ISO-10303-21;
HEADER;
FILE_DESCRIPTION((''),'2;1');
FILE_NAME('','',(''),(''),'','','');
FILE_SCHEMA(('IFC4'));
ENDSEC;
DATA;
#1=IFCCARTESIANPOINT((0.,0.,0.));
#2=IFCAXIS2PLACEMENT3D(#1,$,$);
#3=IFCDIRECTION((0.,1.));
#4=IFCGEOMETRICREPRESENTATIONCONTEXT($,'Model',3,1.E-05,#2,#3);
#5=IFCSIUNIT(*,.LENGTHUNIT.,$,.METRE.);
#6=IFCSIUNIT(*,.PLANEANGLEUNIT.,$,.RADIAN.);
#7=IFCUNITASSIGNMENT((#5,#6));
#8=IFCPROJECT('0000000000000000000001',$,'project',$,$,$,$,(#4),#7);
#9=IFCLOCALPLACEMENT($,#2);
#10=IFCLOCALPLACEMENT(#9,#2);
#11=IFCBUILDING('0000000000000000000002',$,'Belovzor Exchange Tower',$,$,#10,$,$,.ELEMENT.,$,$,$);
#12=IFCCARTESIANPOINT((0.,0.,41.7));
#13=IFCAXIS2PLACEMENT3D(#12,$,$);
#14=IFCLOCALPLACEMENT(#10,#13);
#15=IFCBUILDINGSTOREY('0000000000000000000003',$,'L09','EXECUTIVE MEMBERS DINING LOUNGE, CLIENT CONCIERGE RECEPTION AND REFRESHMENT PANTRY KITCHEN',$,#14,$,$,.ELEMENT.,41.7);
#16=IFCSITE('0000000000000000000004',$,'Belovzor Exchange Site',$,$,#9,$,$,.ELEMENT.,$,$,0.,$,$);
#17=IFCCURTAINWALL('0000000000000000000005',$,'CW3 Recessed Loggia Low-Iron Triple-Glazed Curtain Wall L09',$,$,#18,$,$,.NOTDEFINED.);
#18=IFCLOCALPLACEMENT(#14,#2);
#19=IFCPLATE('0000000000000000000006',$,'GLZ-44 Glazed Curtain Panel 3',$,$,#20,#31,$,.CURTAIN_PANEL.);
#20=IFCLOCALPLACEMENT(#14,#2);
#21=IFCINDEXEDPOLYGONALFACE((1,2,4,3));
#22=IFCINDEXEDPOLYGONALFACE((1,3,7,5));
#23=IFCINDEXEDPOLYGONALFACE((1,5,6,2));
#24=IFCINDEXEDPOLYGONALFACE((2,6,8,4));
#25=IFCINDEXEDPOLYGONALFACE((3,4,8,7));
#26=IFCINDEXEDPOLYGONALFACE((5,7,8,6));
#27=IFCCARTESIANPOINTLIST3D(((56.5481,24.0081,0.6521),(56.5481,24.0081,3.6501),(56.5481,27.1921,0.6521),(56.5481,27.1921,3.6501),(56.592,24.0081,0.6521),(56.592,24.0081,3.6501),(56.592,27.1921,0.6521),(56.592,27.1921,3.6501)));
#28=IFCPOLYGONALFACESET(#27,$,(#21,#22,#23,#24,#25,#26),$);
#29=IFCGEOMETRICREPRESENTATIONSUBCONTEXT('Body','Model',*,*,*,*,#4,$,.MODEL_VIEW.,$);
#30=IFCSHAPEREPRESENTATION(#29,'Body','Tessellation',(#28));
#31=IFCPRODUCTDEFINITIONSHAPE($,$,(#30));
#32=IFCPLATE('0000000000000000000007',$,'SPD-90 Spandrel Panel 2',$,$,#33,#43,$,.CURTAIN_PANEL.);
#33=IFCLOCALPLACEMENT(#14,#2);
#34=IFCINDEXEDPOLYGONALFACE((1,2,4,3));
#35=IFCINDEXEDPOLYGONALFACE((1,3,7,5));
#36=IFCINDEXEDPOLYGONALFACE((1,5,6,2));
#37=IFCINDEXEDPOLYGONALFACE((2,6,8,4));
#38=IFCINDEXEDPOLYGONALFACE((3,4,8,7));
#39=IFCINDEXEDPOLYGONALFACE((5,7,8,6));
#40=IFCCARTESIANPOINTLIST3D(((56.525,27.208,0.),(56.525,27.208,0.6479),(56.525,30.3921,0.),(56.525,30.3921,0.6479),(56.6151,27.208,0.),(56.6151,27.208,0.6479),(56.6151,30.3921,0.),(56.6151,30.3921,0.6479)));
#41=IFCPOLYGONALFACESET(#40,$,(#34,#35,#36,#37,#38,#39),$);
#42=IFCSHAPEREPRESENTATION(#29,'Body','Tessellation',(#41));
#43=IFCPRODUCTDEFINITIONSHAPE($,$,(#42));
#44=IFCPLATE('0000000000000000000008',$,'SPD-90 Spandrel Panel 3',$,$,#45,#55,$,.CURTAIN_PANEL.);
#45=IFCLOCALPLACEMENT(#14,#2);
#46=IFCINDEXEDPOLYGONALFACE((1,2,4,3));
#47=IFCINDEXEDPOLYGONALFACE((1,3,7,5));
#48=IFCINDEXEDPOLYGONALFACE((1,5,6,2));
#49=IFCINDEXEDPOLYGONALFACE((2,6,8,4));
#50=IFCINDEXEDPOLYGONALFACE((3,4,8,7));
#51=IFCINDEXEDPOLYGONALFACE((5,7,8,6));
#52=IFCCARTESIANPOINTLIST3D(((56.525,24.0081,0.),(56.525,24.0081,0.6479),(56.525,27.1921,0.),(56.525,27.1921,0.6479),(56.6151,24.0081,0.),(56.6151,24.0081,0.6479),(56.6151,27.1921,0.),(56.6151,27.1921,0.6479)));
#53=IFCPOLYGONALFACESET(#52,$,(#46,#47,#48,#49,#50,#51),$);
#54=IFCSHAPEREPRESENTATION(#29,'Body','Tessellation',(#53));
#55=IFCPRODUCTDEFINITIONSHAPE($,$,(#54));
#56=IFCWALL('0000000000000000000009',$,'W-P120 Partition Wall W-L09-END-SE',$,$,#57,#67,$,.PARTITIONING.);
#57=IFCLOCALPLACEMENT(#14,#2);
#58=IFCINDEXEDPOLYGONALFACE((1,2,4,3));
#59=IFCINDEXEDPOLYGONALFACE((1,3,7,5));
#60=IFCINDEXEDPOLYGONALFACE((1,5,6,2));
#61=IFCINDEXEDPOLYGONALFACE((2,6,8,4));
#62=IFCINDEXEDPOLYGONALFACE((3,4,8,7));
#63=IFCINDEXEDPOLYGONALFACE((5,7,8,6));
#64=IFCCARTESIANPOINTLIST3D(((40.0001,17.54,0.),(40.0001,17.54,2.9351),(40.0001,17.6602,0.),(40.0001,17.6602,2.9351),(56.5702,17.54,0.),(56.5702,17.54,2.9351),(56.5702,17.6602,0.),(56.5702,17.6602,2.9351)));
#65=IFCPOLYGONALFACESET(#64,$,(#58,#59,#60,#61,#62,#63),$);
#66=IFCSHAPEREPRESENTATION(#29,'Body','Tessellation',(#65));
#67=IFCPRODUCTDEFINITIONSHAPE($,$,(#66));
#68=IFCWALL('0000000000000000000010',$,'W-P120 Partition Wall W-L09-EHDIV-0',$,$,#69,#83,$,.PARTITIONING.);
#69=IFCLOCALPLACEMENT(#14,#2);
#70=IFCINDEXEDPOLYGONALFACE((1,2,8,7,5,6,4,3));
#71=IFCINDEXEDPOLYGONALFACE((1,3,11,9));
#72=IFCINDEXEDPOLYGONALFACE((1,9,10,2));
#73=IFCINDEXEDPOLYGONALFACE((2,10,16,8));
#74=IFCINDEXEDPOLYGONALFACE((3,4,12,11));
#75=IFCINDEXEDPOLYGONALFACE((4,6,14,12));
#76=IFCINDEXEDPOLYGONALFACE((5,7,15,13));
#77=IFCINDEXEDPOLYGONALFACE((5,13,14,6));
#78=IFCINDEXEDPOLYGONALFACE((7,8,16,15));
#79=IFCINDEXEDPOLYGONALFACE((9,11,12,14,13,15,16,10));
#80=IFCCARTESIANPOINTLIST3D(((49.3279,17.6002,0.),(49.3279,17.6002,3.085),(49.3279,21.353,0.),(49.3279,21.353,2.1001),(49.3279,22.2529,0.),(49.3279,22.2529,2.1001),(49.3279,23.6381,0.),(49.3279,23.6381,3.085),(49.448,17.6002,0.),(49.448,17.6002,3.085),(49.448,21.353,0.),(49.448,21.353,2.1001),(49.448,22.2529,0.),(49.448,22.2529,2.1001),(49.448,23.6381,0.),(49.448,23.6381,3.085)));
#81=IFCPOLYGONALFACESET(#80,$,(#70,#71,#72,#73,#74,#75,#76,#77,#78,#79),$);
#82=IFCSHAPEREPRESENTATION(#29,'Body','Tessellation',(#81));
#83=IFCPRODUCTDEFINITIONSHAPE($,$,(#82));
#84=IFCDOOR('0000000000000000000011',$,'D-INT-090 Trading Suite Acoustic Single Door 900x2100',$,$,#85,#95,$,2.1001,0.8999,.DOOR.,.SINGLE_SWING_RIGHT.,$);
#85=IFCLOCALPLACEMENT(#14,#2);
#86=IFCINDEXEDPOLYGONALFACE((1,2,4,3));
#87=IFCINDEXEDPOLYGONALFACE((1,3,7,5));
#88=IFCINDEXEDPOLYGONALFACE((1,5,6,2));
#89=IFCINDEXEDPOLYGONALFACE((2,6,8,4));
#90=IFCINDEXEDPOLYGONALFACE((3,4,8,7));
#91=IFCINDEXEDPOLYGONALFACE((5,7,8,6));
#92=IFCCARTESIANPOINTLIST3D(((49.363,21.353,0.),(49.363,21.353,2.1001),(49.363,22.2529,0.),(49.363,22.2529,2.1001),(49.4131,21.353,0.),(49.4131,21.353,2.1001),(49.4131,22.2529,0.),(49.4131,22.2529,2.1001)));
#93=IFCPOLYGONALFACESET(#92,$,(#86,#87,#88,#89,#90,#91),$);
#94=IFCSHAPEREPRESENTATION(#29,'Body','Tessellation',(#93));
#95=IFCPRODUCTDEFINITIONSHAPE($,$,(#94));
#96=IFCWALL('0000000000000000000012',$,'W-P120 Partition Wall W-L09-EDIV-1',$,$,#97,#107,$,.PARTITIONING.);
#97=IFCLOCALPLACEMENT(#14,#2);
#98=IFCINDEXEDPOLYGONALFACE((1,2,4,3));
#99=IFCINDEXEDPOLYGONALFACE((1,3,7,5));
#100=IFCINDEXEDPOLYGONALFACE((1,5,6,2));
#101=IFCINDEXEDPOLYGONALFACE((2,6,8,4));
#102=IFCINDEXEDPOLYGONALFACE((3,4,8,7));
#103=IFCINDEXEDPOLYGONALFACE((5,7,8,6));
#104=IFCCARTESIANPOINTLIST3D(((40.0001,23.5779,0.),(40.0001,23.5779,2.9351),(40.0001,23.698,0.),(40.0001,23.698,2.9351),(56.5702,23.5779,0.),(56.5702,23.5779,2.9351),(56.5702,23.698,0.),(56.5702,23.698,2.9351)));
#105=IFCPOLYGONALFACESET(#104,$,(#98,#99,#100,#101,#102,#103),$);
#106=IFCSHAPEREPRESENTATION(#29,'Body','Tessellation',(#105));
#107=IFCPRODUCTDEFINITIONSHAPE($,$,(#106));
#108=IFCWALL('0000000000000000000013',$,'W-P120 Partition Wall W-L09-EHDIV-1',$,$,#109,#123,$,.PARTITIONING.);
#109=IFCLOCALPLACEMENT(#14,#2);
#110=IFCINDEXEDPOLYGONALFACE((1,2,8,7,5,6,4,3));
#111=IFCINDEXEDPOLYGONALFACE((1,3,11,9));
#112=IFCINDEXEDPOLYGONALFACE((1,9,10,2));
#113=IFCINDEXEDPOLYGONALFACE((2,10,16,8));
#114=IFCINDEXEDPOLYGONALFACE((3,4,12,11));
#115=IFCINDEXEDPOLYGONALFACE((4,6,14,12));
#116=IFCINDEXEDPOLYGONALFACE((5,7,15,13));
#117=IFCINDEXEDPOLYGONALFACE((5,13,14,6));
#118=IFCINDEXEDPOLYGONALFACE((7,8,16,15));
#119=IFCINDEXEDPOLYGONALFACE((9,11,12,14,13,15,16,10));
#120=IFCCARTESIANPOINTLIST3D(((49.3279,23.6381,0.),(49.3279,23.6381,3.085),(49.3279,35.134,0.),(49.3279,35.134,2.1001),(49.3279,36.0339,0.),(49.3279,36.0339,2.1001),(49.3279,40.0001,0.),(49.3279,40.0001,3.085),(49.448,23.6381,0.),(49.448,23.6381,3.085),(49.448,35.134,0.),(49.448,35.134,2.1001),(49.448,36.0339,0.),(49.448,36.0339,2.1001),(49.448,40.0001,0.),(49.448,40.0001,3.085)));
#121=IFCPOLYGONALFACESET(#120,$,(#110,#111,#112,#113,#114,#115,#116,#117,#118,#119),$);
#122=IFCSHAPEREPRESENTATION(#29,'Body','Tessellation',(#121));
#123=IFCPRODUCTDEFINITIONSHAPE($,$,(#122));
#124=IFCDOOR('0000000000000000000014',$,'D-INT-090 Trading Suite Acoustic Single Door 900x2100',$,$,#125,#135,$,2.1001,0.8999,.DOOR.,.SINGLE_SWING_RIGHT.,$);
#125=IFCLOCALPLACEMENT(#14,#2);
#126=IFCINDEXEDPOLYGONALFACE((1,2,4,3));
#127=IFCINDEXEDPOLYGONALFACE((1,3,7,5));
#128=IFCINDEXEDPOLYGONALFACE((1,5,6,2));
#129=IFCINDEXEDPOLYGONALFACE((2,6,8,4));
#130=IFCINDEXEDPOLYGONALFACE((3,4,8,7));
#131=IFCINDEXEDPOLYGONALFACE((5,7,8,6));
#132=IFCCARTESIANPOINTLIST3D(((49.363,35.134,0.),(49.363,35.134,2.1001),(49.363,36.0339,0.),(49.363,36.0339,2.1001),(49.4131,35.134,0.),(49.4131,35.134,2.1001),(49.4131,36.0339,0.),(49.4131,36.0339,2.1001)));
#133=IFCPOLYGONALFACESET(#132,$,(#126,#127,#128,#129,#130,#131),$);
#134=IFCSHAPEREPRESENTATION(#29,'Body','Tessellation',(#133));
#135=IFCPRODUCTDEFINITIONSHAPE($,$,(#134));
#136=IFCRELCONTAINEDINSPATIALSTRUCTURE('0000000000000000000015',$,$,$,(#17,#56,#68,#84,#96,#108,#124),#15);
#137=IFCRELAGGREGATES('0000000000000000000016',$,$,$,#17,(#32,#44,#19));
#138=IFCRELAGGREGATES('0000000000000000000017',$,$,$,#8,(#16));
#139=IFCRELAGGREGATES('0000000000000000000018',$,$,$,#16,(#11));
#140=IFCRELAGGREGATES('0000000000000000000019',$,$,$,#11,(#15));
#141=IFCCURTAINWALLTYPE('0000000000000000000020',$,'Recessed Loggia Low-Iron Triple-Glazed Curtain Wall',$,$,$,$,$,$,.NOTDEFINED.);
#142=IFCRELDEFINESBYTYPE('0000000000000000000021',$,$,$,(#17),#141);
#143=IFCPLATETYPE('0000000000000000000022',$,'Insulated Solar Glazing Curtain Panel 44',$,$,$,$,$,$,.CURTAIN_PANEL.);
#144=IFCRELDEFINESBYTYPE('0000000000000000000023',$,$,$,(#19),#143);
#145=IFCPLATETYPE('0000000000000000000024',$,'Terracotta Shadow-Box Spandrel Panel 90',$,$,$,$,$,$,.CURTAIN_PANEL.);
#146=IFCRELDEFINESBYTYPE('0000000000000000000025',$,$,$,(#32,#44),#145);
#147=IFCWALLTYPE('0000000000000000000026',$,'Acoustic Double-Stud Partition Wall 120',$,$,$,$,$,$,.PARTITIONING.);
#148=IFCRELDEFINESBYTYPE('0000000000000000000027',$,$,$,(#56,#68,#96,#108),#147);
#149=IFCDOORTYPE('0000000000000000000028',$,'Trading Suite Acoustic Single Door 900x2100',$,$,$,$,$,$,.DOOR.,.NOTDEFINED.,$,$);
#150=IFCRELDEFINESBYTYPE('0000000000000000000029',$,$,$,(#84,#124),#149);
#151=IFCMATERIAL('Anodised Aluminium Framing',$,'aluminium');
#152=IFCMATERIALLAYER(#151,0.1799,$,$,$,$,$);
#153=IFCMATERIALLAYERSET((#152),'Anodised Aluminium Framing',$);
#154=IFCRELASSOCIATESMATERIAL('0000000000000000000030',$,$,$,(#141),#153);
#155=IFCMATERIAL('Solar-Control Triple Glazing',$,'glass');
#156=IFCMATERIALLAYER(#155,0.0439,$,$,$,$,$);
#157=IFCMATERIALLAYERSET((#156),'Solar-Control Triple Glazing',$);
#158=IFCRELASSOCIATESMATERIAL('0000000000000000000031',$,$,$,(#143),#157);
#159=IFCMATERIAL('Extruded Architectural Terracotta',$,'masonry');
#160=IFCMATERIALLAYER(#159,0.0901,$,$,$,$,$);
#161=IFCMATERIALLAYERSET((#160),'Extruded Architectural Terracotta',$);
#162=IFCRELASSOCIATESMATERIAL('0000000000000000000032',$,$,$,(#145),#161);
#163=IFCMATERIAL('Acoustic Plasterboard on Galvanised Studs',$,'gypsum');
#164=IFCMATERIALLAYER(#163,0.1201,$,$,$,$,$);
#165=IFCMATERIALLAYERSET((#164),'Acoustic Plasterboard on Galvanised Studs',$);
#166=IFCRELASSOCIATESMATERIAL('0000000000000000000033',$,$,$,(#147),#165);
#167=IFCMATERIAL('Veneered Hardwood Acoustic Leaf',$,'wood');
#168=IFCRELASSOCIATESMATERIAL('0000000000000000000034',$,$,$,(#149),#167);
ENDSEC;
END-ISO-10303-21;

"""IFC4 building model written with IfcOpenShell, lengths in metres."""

from ifc_helpers import new_model, si_unit, direction, frame, frame_2d, origin, origin_2d, place, context, subcontext, project, spatial, rectangle, extrude, material, layer, layer_set, type_object, element, fill, aggregate, save


model = new_model("IFC4")

# Units and contexts
model_context = context("Model", 3, precision=1e-05, world=origin(), true_north=direction((0.0, 1.0)))
body_context = subcontext(model_context, "Body", "Model", "MODEL_VIEW")
ifc_project = project(units=[si_unit("LENGTHUNIT", "METRE"), si_unit("PLANEANGLEUNIT", "RADIAN")], contexts=[model_context])

# Site, building, storey
site_placement = place(None, origin())
site = spatial("IfcSite", under=ifc_project, at=site_placement, Name="Belovzor Exchange Site", CompositionType="ELEMENT", RefElevation=0.0)
building_placement = place(site_placement, origin())
building = spatial("IfcBuilding", under=site, at=building_placement, Name="Belovzor Exchange Tower", CompositionType="ELEMENT")
storey_placement = place(building_placement, frame((0.0, 0.0, 41.7)))
storey = spatial("IfcBuildingStorey", under=building, at=storey_placement, Name="L09", Description="EXECUTIVE MEMBERS DINING LOUNGE, CLIENT CONCIERGE RECEPTION AND REFRESHMENT PANTRY KITCHEN", CompositionType="ELEMENT", Elevation=41.7)

# Curtain wall, plates
ifc_material_1 = material(Name="Anodised Aluminium Framing", Category="aluminium")
ifc_layer_1 = layer(ifc_material_1, 0.1799)
ifc_layer_set_1 = layer_set([ifc_layer_1], Name="Anodised Aluminium Framing")
curtain_wall_type = type_object("IfcCurtainWallType", Name="Recessed Loggia Low-Iron Triple-Glazed Curtain Wall", PredefinedType="NOTDEFINED", material=ifc_layer_set_1)
curtain_wall_placement = place(storey_placement, origin())
curtain_wall = element("IfcCurtainWall", 1, at=curtain_wall_placement, inside=storey, type_object=curtain_wall_type, Name="CW3 Recessed Loggia Low-Iron Triple-Glazed Curtain Wall L09", PredefinedType="NOTDEFINED")
ifc_material_2 = material(Name="Solar-Control Triple Glazing", Category="glass")
ifc_layer_2 = layer(ifc_material_2, 0.0439)
ifc_layer_set_2 = layer_set([ifc_layer_2], Name="Solar-Control Triple Glazing")
plate_type_1 = type_object("IfcPlateType", Name="Insulated Solar Glazing Curtain Panel 44", PredefinedType="CURTAIN_PANEL", material=ifc_layer_set_2)
plate_1_placement = place(storey_placement, frame((56.5701, 25.6001, 0.6521), z_axis=(0.0, 0.0, 1.0), x_axis=(0.0, -1.0, 0.0)))
plate_1 = element("IfcPlate", 2, at=plate_1_placement, type_object=plate_type_1, Name="GLZ-44 Glazed Curtain Panel 3", PredefinedType="CURTAIN_PANEL", context=body_context, shape_type="SweptSolid", body=[
    extrude(rectangle(XDim=3.1841, YDim=0.0439, at=origin_2d()), origin(), (0.0, 0.0, 1.0), 2.998),
])
ifc_material_3 = material(Name="Extruded Architectural Terracotta", Category="masonry")
ifc_layer_3 = layer(ifc_material_3, 0.0901)
ifc_layer_set_3 = layer_set([ifc_layer_3], Name="Extruded Architectural Terracotta")
plate_type_2 = type_object("IfcPlateType", Name="Terracotta Shadow-Box Spandrel Panel 90", PredefinedType="CURTAIN_PANEL", material=ifc_layer_set_3)
plate_2_placement = place(storey_placement, frame((56.5701, 28.8, 0.0), z_axis=(0.0, 0.0, 1.0), x_axis=(0.0, -1.0, 0.0)))
plate_2 = element("IfcPlate", 3, at=plate_2_placement, type_object=plate_type_2, Name="SPD-90 Spandrel Panel 2", PredefinedType="CURTAIN_PANEL", context=body_context, shape_type="SweptSolid", body=[
    extrude(rectangle(XDim=3.1841, YDim=0.0901, at=origin_2d()), origin(), (0.0, 0.0, 1.0), 0.6479),
])
plate_3_placement = place(storey_placement, frame((56.5701, 25.6001, 0.0), z_axis=(0.0, 0.0, 1.0), x_axis=(0.0, -1.0, 0.0)))
plate_3 = element("IfcPlate", 4, at=plate_3_placement, type_object=plate_type_2, Name="SPD-90 Spandrel Panel 3", PredefinedType="CURTAIN_PANEL", context=body_context, shape_type="SweptSolid", body=[
    extrude(rectangle(XDim=3.1841, YDim=0.0901, at=origin_2d()), origin(), (0.0, 0.0, 1.0), 0.6479),
])
aggregate(curtain_wall, [plate_2, plate_3, plate_1])

# Wall
ifc_material_4 = material(Name="Acoustic Plasterboard on Galvanised Studs", Category="gypsum")
ifc_layer_4 = layer(ifc_material_4, 0.1201)
ifc_layer_set_4 = layer_set([ifc_layer_4], Name="Acoustic Plasterboard on Galvanised Studs")
wall_type_1 = type_object("IfcWallType", Name="Acoustic Double-Stud Partition Wall 120", PredefinedType="PARTITIONING", material=ifc_layer_set_4)
wall_1_placement = place(storey_placement, frame((40.0, 17.6001, 0.0), z_axis=(0.0, 0.0, 1.0), x_axis=(1.0, 0.0, 0.0)))
element("IfcWall", 5, at=wall_1_placement, inside=storey, type_object=wall_type_1, Name="W-P120 Partition Wall W-L09-END-SE", PredefinedType="PARTITIONING", context=body_context, shape_type="SweptSolid", body=[
    extrude(rectangle(XDim=16.5701, YDim=0.1201, at=frame_2d((8.2852, 0.0))), origin(), (0.0, 0.0, 1.0), 2.9351),
])

# Wall, opening, door
wall_2_placement = place(storey_placement, frame((49.3879, 17.6001, 0.0), z_axis=(0.0, 0.0, 1.0), x_axis=(0.0, 1.0, 0.0)))
wall_2 = element("IfcWall", 6, at=wall_2_placement, inside=storey, type_object=wall_type_1, Name="W-P120 Partition Wall W-L09-EHDIV-0", PredefinedType="PARTITIONING", context=body_context, shape_type="SweptSolid", body=[
    extrude(rectangle(XDim=6.0378, YDim=0.1201, at=frame_2d((3.019, 0.0))), origin(), (0.0, 0.0, 1.0), 3.085),
])
opening_1_placement = place(wall_2_placement, frame((3.7529, 0.0, 0.0)))
opening_1 = element("IfcOpeningElement", 7, at=opening_1_placement, cuts=wall_2, PredefinedType="OPENING", context=body_context, shape_type="SweptSolid", body=[
    extrude(rectangle(XDim=0.8999, YDim=2.1001, at=frame_2d((0.45, 1.05))), frame((0.0, 0.0701, 0.0), z_axis=(0.0, -1.0, 0.0), x_axis=(1.0, 0.0, 0.0)), (0.0, 0.0, 1.0), 0.1401),
])
ifc_material_5 = material(Name="Veneered Hardwood Acoustic Leaf", Category="wood")
door_type_1 = type_object("IfcDoorType", Name="Trading Suite Acoustic Single Door 900x2100", OperationType="NOTDEFINED", PredefinedType="DOOR", material=ifc_material_5)
door_1_placement = place(opening_1_placement, origin())
door_1 = element("IfcDoor", 8, at=door_1_placement, inside=storey, type_object=door_type_1, Name="D-INT-090 Trading Suite Acoustic Single Door 900x2100", OperationType="SINGLE_SWING_RIGHT", OverallHeight=2.1001, OverallWidth=0.8999, PredefinedType="DOOR", context=body_context, shape_type="SweptSolid", body=[
    extrude(rectangle(XDim=0.8999, YDim=2.1001, at=frame_2d((0.45, 1.05))), frame((0.0, 0.0249, 0.0), z_axis=(0.0, -1.0, 0.0), x_axis=(1.0, 0.0, 0.0)), (0.0, 0.0, 1.0), 0.05),
])
fill(opening_1, door_1)

# Wall
wall_3_placement = place(storey_placement, frame((40.0, 23.6379, 0.0), z_axis=(0.0, 0.0, 1.0), x_axis=(1.0, 0.0, 0.0)))
element("IfcWall", 9, at=wall_3_placement, inside=storey, type_object=wall_type_1, Name="W-P120 Partition Wall W-L09-EDIV-1", PredefinedType="PARTITIONING", context=body_context, shape_type="SweptSolid", body=[
    extrude(rectangle(XDim=16.5701, YDim=0.1201, at=frame_2d((8.2852, 0.0))), origin(), (0.0, 0.0, 1.0), 2.9351),
])

# Wall, opening, door
wall_4_placement = place(storey_placement, frame((49.3879, 23.6379, 0.0), z_axis=(0.0, 0.0, 1.0), x_axis=(0.0, 1.0, 0.0)))
wall_4 = element("IfcWall", 10, at=wall_4_placement, inside=storey, type_object=wall_type_1, Name="W-P120 Partition Wall W-L09-EHDIV-1", PredefinedType="PARTITIONING", context=body_context, shape_type="SweptSolid", body=[
    extrude(rectangle(XDim=16.3621, YDim=0.1201, at=frame_2d((8.1812, 0.0))), origin(), (0.0, 0.0, 1.0), 3.085),
])
opening_2_placement = place(wall_4_placement, frame((11.4961, 0.0, 0.0)))
opening_2 = element("IfcOpeningElement", 11, at=opening_2_placement, cuts=wall_4, PredefinedType="OPENING", context=body_context, shape_type="SweptSolid", body=[
    extrude(rectangle(XDim=0.8999, YDim=2.1001, at=frame_2d((0.45, 1.05))), frame((0.0, 0.0701, 0.0), z_axis=(0.0, -1.0, 0.0), x_axis=(1.0, 0.0, 0.0)), (0.0, 0.0, 1.0), 0.1401),
])
door_2_placement = place(opening_2_placement, origin())
door_2 = element("IfcDoor", 12, at=door_2_placement, inside=storey, type_object=door_type_1, Name="D-INT-090 Trading Suite Acoustic Single Door 900x2100", OperationType="SINGLE_SWING_RIGHT", OverallHeight=2.1001, OverallWidth=0.8999, PredefinedType="DOOR", context=body_context, shape_type="SweptSolid", body=[
    extrude(rectangle(XDim=0.8999, YDim=2.1001, at=frame_2d((0.45, 1.05))), frame((0.0, 0.0249, 0.0), z_axis=(0.0, -1.0, 0.0), x_axis=(1.0, 0.0, 0.0)), (0.0, 0.0, 1.0), 0.05),
])
fill(opening_2, door_2)

save(model, "model.ifc")
